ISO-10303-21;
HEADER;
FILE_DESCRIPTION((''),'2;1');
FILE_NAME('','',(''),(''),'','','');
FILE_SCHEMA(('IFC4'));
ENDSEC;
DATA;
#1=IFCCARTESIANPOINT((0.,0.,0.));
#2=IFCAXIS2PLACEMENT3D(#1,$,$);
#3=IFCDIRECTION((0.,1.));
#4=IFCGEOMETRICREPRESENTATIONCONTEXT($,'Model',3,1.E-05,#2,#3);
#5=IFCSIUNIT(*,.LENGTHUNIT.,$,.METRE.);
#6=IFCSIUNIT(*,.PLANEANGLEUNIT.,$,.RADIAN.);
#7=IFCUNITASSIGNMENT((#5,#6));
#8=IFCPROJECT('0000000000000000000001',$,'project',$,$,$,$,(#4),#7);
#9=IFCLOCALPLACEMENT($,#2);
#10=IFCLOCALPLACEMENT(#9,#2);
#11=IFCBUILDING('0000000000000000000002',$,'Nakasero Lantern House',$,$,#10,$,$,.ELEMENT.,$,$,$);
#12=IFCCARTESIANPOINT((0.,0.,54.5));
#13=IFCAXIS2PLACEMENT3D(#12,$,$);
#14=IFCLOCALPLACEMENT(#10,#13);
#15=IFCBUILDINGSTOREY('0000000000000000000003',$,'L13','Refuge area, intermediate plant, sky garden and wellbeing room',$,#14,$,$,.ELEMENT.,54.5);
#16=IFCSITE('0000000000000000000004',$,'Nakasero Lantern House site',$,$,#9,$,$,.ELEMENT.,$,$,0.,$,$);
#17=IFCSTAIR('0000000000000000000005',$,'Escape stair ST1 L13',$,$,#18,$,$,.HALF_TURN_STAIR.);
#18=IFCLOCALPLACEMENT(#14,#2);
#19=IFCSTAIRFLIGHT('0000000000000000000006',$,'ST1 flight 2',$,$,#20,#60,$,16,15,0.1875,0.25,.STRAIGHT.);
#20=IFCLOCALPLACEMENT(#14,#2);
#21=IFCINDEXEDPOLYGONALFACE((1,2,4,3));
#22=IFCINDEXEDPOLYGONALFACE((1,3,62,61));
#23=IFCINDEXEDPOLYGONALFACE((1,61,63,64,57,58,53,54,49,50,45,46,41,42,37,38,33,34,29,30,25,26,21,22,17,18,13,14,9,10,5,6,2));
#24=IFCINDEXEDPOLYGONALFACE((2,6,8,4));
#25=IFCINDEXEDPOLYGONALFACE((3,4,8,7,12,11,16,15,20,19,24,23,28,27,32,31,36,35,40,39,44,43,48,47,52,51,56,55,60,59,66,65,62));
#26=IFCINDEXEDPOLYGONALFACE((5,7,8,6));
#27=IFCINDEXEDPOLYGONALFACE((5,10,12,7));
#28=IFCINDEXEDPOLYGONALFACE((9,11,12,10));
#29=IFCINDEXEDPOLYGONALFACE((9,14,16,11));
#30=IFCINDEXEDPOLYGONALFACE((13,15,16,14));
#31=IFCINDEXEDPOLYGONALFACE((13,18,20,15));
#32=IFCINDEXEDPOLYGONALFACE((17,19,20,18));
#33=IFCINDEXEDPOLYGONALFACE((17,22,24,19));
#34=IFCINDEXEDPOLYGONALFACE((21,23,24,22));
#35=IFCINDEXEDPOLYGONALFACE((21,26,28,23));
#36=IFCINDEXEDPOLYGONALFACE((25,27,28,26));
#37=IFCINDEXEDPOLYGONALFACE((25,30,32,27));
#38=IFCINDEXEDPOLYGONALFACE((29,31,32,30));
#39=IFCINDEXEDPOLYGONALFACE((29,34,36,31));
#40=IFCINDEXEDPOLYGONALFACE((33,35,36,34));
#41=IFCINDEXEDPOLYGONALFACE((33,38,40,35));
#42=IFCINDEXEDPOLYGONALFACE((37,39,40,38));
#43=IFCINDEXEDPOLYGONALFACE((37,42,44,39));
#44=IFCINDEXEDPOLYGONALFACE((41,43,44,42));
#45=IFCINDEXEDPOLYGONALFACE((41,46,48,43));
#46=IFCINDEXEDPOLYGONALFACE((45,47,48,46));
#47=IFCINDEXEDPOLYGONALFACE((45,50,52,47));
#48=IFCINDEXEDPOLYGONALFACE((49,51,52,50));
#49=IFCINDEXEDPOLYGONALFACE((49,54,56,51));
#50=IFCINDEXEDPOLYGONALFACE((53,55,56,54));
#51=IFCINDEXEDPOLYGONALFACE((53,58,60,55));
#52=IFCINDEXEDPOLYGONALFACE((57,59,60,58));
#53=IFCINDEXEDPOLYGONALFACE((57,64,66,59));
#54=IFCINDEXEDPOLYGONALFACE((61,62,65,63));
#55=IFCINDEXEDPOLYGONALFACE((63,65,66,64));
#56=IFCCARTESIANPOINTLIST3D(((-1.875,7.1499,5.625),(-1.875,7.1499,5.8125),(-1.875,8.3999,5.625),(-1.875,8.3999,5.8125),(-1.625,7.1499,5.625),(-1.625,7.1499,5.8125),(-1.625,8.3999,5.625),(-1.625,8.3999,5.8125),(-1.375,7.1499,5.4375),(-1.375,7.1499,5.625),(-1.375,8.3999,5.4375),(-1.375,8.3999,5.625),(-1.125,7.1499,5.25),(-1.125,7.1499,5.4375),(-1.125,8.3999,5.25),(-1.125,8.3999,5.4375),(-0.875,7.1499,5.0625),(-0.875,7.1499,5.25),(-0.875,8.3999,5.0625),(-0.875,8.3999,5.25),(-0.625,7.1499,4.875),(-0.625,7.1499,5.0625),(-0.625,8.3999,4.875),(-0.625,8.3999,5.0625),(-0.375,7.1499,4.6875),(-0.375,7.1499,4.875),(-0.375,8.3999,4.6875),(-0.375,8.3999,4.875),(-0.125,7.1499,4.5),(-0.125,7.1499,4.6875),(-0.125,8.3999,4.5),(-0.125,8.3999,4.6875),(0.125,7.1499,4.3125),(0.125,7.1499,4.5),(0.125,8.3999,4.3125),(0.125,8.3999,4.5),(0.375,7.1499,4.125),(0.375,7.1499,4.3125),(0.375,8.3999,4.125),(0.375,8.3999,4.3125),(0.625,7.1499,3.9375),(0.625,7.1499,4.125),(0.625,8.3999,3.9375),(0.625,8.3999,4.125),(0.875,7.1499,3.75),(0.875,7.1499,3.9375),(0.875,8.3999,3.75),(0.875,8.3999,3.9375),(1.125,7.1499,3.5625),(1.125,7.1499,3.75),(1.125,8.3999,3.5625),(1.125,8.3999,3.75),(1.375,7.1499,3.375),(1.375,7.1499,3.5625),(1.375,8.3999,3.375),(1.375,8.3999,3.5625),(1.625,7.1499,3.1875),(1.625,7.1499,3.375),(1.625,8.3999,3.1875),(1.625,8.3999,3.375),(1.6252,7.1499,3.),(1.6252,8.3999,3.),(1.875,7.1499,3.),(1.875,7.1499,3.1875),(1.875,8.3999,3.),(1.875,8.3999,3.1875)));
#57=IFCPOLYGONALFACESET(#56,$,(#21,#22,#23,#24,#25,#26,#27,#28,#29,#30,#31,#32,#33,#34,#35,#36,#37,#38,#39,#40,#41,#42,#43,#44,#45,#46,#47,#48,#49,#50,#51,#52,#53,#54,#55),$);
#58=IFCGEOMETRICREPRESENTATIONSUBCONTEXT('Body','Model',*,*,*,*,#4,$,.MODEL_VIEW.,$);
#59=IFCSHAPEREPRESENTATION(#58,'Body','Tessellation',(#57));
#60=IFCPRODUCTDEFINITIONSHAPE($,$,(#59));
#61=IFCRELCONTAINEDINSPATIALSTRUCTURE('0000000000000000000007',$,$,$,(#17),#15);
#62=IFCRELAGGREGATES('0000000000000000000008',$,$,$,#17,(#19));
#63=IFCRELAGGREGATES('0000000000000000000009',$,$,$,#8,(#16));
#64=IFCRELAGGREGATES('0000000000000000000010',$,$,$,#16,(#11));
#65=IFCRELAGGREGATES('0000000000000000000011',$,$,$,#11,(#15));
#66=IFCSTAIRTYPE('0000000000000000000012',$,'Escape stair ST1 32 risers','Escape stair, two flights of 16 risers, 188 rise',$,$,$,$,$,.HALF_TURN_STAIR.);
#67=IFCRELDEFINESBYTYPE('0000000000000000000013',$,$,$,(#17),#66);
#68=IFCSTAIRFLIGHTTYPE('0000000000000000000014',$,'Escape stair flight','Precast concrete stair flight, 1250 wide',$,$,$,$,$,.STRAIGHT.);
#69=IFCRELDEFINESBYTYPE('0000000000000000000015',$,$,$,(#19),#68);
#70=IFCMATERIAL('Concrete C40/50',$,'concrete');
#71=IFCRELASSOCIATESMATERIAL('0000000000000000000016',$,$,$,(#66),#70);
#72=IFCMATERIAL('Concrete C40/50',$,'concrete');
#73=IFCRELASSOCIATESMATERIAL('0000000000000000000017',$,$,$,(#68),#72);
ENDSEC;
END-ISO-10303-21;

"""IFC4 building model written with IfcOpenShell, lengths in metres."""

from ifc_helpers import new_model, si_unit, direction, frame, origin, place, context, subcontext, project, spatial, polyline, outline, extrude, material, type_object, element, aggregate, save


model = new_model("IFC4")

# Units and contexts
model_context = context("Model", 3, precision=1e-05, world=origin(), true_north=direction((0.0, 1.0)))
body_context = subcontext(model_context, "Body", "Model", "MODEL_VIEW")
ifc_project = project(units=[si_unit("LENGTHUNIT", "METRE"), si_unit("PLANEANGLEUNIT", "RADIAN")], contexts=[model_context])

# Site, building, storey
site_placement = place(None, origin())
site = spatial("IfcSite", under=ifc_project, at=site_placement, Name="Nakasero Lantern House site", CompositionType="ELEMENT", RefElevation=0.0)
building_placement = place(site_placement, origin())
building = spatial("IfcBuilding", under=site, at=building_placement, Name="Nakasero Lantern House", CompositionType="ELEMENT")
storey_placement = place(building_placement, frame((0.0, 0.0, 54.5)))
storey = spatial("IfcBuildingStorey", under=building, at=storey_placement, Name="L13", Description="Refuge area, intermediate plant, sky garden and wellbeing room", CompositionType="ELEMENT", Elevation=54.5)

# Stair
ifc_material_1 = material(Name="Concrete C40/50", Category="concrete")
stair_type_1 = type_object("IfcStairType", Name="Escape stair ST1 32 risers", Description="Escape stair, two flights of 16 risers, 188 rise", PredefinedType="HALF_TURN_STAIR", material=ifc_material_1)
stair_1_placement = place(storey_placement, origin())
stair_1 = element("IfcStair", 1, at=stair_1_placement, inside=storey, type_object=stair_type_1, Name="Escape stair ST1 L13", PredefinedType="HALF_TURN_STAIR")

# Stair flight
ifc_material_2 = material(Name="Concrete C40/50", Category="concrete")
stair_flight_type = type_object("IfcStairFlightType", Name="Escape stair flight", Description="Precast concrete stair flight, 1250 wide", PredefinedType="STRAIGHT", material=ifc_material_2)
stair_flight_placement = place(storey_placement, frame((1.875, 7.7749, 3.0), z_axis=(0.0, 0.0, 1.0), x_axis=(-1.0, 0.0, 0.0)))
stair_flight = element("IfcStairFlight", 2, at=stair_flight_placement, type_object=stair_flight_type, Name="ST1 flight 2", NumberOfRisers=16, NumberOfTreads=15, PredefinedType="STRAIGHT", RiserHeight=0.1875, TreadLength=0.25, context=body_context, shape_type="SweptSolid", body=[
    extrude(outline(polyline([(0.0, 0.0), (0.0, 0.1875), (0.25, 0.1875), (0.25, 0.375), (0.5, 0.375), (0.5, 0.5625), (0.75, 0.5625), (0.75, 0.75), (1.0, 0.75), (1.0, 0.9375), (1.25, 0.9375), (1.25, 1.125), (1.5, 1.125), (1.5, 1.3125), (1.75, 1.3125), (1.75, 1.5), (2.0, 1.5), (2.0, 1.6875), (2.25, 1.6875), (2.25, 1.875), (2.5, 1.875), (2.5, 2.0625), (2.75, 2.0625), (2.75, 2.25), (3.0, 2.25), (3.0, 2.4375), (3.25, 2.4375), (3.25, 2.625), (3.5, 2.625), (3.5, 2.8125), (3.75, 2.8125), (3.75, 3.0), (3.75, 2.625), (0.2498, 0.0), (0.0, 0.0)])), frame((0.0, 0.625, 0.0), z_axis=(0.0, -1.0, 0.0), x_axis=(1.0, 0.0, 0.0)), (0.0, 0.0, 1.0), 1.25),
])
aggregate(stair_1, [stair_flight])

save(model, "model.ifc")
